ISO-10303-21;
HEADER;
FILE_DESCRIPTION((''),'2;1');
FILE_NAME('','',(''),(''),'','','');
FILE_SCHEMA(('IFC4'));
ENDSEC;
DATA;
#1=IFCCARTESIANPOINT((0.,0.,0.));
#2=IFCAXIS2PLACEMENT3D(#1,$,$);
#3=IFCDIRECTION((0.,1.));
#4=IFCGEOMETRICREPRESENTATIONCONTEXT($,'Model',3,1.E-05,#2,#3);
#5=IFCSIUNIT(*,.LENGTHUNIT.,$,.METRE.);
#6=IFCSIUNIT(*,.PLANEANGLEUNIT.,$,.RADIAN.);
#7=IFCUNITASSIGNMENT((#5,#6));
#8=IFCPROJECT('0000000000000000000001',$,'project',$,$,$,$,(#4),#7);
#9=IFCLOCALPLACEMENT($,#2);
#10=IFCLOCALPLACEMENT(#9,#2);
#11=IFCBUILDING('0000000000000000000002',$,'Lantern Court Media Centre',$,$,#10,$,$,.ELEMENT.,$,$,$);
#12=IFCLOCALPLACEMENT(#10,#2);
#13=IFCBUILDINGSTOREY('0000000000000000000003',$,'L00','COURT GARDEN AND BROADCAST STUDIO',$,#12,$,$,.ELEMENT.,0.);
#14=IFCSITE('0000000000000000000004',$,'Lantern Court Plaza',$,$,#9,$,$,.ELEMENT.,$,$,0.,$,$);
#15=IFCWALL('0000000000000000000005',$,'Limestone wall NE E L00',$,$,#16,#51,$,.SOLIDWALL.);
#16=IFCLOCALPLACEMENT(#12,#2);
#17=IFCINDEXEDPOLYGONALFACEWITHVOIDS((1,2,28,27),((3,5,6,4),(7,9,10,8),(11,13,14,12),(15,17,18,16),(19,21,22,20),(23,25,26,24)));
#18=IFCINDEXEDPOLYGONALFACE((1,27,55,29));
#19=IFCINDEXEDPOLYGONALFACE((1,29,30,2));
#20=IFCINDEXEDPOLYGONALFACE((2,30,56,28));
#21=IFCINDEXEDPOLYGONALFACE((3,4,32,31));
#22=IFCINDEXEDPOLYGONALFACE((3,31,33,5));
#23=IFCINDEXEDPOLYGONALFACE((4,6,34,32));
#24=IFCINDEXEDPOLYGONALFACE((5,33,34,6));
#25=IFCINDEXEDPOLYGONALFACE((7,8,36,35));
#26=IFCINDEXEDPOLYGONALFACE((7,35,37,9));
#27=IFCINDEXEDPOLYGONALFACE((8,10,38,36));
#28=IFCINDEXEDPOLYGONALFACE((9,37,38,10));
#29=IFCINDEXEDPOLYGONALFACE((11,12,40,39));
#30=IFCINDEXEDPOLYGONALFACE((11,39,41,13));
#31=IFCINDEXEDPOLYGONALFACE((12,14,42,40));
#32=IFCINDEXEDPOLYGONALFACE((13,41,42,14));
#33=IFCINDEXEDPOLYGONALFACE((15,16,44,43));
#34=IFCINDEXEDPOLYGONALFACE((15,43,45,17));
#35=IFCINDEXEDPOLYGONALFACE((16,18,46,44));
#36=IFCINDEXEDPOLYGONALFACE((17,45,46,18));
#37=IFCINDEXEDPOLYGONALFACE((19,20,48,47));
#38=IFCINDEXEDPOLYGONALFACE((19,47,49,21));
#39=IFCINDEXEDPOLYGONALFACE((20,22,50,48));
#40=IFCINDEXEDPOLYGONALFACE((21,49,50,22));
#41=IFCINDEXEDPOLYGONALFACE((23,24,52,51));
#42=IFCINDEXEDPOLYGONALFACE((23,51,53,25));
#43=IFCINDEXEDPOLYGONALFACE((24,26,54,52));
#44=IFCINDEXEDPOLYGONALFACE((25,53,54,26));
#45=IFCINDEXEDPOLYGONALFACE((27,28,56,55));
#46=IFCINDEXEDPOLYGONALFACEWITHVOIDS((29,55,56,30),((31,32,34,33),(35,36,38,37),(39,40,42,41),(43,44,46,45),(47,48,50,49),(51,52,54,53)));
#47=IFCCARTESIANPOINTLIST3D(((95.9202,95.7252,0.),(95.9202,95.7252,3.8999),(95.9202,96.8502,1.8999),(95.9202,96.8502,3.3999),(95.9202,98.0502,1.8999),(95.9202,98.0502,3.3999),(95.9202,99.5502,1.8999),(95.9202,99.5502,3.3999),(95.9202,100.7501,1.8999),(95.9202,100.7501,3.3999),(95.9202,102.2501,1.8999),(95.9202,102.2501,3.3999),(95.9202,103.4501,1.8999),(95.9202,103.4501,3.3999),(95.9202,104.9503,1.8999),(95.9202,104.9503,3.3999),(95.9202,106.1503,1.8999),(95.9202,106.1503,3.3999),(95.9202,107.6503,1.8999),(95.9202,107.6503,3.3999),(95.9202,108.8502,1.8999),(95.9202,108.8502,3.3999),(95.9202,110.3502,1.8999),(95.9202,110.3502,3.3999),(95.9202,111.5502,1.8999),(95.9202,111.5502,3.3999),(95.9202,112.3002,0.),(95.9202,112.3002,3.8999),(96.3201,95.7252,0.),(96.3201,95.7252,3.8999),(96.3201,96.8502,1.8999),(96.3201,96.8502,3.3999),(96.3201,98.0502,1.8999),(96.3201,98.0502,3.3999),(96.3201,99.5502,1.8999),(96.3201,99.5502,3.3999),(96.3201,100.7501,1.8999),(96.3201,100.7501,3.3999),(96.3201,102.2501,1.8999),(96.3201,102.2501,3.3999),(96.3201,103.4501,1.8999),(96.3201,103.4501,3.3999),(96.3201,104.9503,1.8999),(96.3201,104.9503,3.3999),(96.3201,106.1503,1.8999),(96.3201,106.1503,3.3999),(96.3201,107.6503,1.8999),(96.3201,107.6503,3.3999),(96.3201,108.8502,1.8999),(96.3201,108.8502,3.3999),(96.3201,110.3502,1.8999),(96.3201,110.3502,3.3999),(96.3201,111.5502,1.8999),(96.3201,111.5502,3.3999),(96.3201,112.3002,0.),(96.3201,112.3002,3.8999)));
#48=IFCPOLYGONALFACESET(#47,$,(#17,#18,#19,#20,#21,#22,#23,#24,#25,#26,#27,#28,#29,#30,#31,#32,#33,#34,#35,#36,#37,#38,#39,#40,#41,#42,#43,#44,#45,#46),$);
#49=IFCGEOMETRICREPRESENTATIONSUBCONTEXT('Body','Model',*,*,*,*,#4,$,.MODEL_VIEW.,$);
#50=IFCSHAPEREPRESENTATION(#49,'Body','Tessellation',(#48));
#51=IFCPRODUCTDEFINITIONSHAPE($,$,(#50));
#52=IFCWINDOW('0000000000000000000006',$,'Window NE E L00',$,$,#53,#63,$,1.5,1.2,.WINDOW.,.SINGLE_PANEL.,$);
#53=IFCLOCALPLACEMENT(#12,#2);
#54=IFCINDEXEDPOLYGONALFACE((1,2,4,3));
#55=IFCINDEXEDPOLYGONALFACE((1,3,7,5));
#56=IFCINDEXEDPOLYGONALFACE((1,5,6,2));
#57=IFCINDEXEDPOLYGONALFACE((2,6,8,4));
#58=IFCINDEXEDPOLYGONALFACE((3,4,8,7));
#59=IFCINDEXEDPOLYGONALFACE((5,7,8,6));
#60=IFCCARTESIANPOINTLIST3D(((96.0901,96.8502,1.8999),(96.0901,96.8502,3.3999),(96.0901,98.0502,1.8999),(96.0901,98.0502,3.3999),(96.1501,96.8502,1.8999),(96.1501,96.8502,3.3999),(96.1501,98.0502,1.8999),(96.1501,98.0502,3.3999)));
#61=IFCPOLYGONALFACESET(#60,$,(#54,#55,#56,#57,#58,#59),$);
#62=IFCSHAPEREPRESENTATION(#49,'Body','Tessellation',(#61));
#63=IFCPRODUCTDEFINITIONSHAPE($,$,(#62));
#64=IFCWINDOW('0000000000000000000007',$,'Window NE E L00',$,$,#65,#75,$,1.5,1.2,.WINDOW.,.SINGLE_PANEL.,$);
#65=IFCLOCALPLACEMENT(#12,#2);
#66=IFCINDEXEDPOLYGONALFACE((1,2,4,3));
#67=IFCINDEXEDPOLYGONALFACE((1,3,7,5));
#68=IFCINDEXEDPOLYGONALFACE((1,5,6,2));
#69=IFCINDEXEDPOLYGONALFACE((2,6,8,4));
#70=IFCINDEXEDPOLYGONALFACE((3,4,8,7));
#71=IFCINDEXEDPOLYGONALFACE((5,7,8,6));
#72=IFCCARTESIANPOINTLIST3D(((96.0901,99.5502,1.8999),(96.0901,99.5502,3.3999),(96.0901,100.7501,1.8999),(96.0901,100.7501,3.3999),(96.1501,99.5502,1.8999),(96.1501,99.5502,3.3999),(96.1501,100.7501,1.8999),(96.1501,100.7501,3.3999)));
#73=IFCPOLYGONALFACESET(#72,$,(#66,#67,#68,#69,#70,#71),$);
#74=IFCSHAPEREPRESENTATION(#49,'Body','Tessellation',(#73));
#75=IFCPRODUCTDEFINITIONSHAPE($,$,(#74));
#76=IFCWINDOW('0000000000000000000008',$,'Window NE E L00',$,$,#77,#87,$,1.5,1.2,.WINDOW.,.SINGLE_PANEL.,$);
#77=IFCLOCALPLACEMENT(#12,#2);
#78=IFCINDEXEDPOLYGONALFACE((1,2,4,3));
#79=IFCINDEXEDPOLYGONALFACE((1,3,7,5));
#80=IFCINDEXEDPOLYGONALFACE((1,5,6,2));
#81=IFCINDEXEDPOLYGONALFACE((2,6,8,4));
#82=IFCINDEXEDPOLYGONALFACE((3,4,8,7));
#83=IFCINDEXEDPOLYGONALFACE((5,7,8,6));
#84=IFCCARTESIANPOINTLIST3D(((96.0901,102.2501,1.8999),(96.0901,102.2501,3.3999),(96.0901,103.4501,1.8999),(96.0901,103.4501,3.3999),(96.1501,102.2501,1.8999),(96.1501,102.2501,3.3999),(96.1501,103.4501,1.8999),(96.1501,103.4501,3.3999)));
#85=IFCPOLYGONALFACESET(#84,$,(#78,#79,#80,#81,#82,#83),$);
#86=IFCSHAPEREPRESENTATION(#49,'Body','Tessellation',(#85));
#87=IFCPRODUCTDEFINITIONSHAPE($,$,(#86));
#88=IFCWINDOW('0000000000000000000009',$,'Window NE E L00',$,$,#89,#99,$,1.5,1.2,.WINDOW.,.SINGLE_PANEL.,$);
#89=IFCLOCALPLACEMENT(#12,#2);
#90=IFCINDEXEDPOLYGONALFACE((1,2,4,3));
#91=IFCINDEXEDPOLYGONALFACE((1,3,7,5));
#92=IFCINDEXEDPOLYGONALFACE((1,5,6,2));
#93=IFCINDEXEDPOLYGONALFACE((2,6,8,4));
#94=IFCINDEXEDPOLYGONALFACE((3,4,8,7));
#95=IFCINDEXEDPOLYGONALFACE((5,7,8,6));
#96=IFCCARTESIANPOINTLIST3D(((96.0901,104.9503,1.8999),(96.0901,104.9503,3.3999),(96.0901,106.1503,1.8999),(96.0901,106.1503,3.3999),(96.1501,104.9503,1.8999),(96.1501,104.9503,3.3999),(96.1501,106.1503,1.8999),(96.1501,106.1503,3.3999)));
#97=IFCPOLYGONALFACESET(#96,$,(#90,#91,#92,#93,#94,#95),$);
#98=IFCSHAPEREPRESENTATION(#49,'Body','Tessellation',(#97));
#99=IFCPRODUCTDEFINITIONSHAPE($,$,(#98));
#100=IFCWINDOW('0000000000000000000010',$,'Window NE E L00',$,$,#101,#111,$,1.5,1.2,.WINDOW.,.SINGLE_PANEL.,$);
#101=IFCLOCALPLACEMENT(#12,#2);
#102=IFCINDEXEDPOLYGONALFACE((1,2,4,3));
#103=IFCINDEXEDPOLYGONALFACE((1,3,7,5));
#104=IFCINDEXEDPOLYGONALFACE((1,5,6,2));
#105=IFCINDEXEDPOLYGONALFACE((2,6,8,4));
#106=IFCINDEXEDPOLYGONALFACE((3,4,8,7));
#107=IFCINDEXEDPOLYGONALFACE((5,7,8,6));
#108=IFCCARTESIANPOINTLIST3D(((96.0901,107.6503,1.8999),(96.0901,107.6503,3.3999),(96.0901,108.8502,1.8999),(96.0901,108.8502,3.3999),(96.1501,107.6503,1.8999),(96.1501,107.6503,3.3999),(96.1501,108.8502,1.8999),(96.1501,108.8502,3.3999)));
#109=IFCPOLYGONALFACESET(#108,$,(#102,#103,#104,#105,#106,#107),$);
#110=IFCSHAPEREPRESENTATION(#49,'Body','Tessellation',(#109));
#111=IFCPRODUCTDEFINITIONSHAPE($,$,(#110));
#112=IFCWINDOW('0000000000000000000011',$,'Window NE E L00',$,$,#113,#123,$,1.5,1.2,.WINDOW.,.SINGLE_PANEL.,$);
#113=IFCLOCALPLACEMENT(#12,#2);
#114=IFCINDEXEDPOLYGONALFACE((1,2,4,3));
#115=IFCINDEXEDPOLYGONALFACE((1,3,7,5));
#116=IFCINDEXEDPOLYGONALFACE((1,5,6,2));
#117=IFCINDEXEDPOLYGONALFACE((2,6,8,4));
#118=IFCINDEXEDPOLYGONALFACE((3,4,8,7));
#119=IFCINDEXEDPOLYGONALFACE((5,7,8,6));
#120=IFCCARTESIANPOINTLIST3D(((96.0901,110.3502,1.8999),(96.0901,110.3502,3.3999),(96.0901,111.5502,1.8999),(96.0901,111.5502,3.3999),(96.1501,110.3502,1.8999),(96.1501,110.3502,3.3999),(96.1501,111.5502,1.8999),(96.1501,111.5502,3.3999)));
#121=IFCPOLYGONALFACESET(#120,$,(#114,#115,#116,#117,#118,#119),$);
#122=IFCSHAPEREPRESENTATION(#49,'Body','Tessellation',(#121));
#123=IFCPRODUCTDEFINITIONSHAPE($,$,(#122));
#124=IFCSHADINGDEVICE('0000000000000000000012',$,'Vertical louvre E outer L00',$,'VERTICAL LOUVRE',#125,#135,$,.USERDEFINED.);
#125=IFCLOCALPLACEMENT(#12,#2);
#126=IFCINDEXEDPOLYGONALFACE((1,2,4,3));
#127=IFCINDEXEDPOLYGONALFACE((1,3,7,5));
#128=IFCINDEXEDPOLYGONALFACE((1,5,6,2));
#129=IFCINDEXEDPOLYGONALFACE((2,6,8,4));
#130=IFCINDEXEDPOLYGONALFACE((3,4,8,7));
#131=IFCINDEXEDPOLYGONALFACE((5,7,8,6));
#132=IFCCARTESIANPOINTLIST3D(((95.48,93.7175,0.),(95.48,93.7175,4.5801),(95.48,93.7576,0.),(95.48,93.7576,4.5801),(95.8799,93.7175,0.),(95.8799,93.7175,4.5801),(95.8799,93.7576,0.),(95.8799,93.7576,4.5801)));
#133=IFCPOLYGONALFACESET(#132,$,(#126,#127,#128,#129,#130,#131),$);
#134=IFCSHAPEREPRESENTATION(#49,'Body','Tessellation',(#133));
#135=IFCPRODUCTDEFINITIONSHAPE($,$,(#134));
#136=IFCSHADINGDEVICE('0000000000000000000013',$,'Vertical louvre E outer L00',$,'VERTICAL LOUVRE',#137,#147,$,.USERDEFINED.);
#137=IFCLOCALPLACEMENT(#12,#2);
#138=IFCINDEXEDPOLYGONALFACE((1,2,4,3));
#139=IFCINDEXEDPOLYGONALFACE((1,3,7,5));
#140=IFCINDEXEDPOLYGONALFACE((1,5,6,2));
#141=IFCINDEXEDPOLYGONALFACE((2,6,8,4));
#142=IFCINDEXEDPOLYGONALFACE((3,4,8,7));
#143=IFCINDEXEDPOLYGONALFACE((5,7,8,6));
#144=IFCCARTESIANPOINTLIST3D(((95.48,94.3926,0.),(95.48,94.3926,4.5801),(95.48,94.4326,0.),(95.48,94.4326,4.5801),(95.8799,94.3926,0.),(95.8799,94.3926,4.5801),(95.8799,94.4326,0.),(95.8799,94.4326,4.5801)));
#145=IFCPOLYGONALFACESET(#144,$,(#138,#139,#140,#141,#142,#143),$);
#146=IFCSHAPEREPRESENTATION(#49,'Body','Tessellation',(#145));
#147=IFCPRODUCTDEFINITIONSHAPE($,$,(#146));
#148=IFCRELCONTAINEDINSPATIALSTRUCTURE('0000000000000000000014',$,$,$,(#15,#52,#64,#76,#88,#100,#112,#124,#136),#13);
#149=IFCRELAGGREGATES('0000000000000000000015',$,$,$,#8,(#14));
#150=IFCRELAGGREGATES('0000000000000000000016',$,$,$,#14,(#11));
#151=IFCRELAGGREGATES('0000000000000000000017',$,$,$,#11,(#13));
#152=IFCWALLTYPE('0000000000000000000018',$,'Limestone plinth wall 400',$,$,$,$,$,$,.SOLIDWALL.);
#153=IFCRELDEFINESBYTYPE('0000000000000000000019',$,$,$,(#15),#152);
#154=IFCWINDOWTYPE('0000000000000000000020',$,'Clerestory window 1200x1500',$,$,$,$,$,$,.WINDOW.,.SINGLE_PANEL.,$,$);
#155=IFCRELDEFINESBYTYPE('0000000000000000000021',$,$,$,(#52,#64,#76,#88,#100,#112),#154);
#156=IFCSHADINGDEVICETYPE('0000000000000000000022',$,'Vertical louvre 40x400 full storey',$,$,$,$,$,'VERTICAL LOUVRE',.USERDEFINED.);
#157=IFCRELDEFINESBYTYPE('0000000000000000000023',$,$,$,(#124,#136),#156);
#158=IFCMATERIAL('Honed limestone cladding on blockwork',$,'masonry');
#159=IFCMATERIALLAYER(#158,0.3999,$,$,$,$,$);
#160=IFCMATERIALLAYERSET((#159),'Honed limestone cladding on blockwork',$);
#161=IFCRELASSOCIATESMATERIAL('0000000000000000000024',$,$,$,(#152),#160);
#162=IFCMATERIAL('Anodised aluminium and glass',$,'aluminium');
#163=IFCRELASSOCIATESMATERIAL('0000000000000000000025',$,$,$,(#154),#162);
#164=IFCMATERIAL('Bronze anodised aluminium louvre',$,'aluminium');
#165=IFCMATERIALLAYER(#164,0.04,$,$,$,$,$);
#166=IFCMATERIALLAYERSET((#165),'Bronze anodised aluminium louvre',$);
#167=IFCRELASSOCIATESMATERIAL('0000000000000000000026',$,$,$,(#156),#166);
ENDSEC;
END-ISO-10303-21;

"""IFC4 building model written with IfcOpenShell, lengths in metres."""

from ifc_helpers import new_model, si_unit, direction, frame, frame_2d, origin, origin_2d, place, context, subcontext, project, spatial, rectangle, extrude, material, layer, layer_set, type_object, element, fill, save


model = new_model("IFC4")

# Units and contexts
model_context = context("Model", 3, precision=1e-05, world=origin(), true_north=direction((0.0, 1.0)))
body_context = subcontext(model_context, "Body", "Model", "MODEL_VIEW")
ifc_project = project(units=[si_unit("LENGTHUNIT", "METRE"), si_unit("PLANEANGLEUNIT", "RADIAN")], contexts=[model_context])

# Site, building, storey
site_placement = place(None, origin())
site = spatial("IfcSite", under=ifc_project, at=site_placement, Name="Lantern Court Plaza", CompositionType="ELEMENT", RefElevation=0.0)
building_placement = place(site_placement, origin())
building = spatial("IfcBuilding", under=site, at=building_placement, Name="Lantern Court Media Centre", CompositionType="ELEMENT")
storey_placement = place(building_placement, origin())
storey = spatial("IfcBuildingStorey", under=building, at=storey_placement, Name="L00", Description="COURT GARDEN AND BROADCAST STUDIO", CompositionType="ELEMENT", Elevation=0.0)

# Wall, openings, windows
ifc_material_1 = material(Name="Honed limestone cladding on blockwork", Category="masonry")
ifc_layer_1 = layer(ifc_material_1, 0.3999)
ifc_layer_set_1 = layer_set([ifc_layer_1], Name="Honed limestone cladding on blockwork")
wall_type_1 = type_object("IfcWallType", Name="Limestone plinth wall 400", PredefinedType="SOLIDWALL", material=ifc_layer_set_1)
wall_1_placement = place(storey_placement, frame((96.1201, 95.7251, 0.0), z_axis=(0.0, 0.0, 1.0), x_axis=(0.0, 1.0, 0.0)))
wall_1 = element("IfcWall", 1, at=wall_1_placement, inside=storey, type_object=wall_type_1, Name="Limestone wall NE E L00", PredefinedType="SOLIDWALL", context=body_context, shape_type="SweptSolid", body=[
    extrude(rectangle(XDim=16.575, YDim=0.3999, at=frame_2d((8.2876, 0.0))), origin(), (0.0, 0.0, 1.0), 3.8999),
])
opening_1_placement = place(wall_1_placement, frame((1.125, 0.0, 1.8999)))
opening_1 = element("IfcOpeningElement", 2, at=opening_1_placement, cuts=wall_1, PredefinedType="OPENING", context=body_context, shape_type="SweptSolid", body=[
    extrude(rectangle(XDim=1.2, YDim=1.5, at=frame_2d((0.6001, 0.75))), frame((0.0, 0.21, 0.0), z_axis=(0.0, -1.0, 0.0), x_axis=(1.0, 0.0, 0.0)), (0.0, 0.0, 1.0), 0.4199),
])
opening_2_placement = place(wall_1_placement, frame((3.825, 0.0, 1.8999)))
opening_2 = element("IfcOpeningElement", 3, at=opening_2_placement, cuts=wall_1, PredefinedType="OPENING", context=body_context, shape_type="SweptSolid", body=[
    extrude(rectangle(XDim=1.2, YDim=1.5, at=frame_2d((0.6001, 0.75))), frame((0.0, 0.21, 0.0), z_axis=(0.0, -1.0, 0.0), x_axis=(1.0, 0.0, 0.0)), (0.0, 0.0, 1.0), 0.4199),
])
opening_3_placement = place(wall_1_placement, frame((6.5249, 0.0, 1.8999)))
opening_3 = element("IfcOpeningElement", 4, at=opening_3_placement, cuts=wall_1, PredefinedType="OPENING", context=body_context, shape_type="SweptSolid", body=[
    extrude(rectangle(XDim=1.2, YDim=1.5, at=frame_2d((0.6001, 0.75))), frame((0.0, 0.21, 0.0), z_axis=(0.0, -1.0, 0.0), x_axis=(1.0, 0.0, 0.0)), (0.0, 0.0, 1.0), 0.4199),
])
opening_4_placement = place(wall_1_placement, frame((9.2251, 0.0, 1.8999)))
opening_4 = element("IfcOpeningElement", 5, at=opening_4_placement, cuts=wall_1, PredefinedType="OPENING", context=body_context, shape_type="SweptSolid", body=[
    extrude(rectangle(XDim=1.2, YDim=1.5, at=frame_2d((0.6001, 0.75))), frame((0.0, 0.21, 0.0), z_axis=(0.0, -1.0, 0.0), x_axis=(1.0, 0.0, 0.0)), (0.0, 0.0, 1.0), 0.4199),
])
opening_5_placement = place(wall_1_placement, frame((11.925, 0.0, 1.8999)))
opening_5 = element("IfcOpeningElement", 6, at=opening_5_placement, cuts=wall_1, PredefinedType="OPENING", context=body_context, shape_type="SweptSolid", body=[
    extrude(rectangle(XDim=1.2, YDim=1.5, at=frame_2d((0.6001, 0.75))), frame((0.0, 0.21, 0.0), z_axis=(0.0, -1.0, 0.0), x_axis=(1.0, 0.0, 0.0)), (0.0, 0.0, 1.0), 0.4199),
])
opening_6_placement = place(wall_1_placement, frame((14.625, 0.0, 1.8999)))
opening_6 = element("IfcOpeningElement", 7, at=opening_6_placement, cuts=wall_1, PredefinedType="OPENING", context=body_context, shape_type="SweptSolid", body=[
    extrude(rectangle(XDim=1.2, YDim=1.5, at=frame_2d((0.6001, 0.75))), frame((0.0, 0.21, 0.0), z_axis=(0.0, -1.0, 0.0), x_axis=(1.0, 0.0, 0.0)), (0.0, 0.0, 1.0), 0.4199),
])
ifc_material_2 = material(Name="Anodised aluminium and glass", Category="aluminium")
window_type = type_object("IfcWindowType", Name="Clerestory window 1200x1500", PartitioningType="SINGLE_PANEL", PredefinedType="WINDOW", material=ifc_material_2)
window_1_placement = place(opening_1_placement, origin())
window_1 = element("IfcWindow", 8, at=window_1_placement, inside=storey, type_object=window_type, Name="Window NE E L00", OverallHeight=1.5, OverallWidth=1.2, PartitioningType="SINGLE_PANEL", PredefinedType="WINDOW", context=body_context, shape_type="SweptSolid", body=[
    extrude(rectangle(XDim=1.2, YDim=1.5, at=frame_2d((0.6001, 0.75))), frame((0.0, 0.03, 0.0), z_axis=(0.0, -1.0, 0.0), x_axis=(1.0, 0.0, 0.0)), (0.0, 0.0, 1.0), 0.0601),
])
fill(opening_1, window_1)
window_2_placement = place(opening_2_placement, origin())
window_2 = element("IfcWindow", 9, at=window_2_placement, inside=storey, type_object=window_type, Name="Window NE E L00", OverallHeight=1.5, OverallWidth=1.2, PartitioningType="SINGLE_PANEL", PredefinedType="WINDOW", context=body_context, shape_type="SweptSolid", body=[
    extrude(rectangle(XDim=1.2, YDim=1.5, at=frame_2d((0.6001, 0.75))), frame((0.0, 0.03, 0.0), z_axis=(0.0, -1.0, 0.0), x_axis=(1.0, 0.0, 0.0)), (0.0, 0.0, 1.0), 0.0601),
])
fill(opening_2, window_2)
window_3_placement = place(opening_3_placement, origin())
window_3 = element("IfcWindow", 10, at=window_3_placement, inside=storey, type_object=window_type, Name="Window NE E L00", OverallHeight=1.5, OverallWidth=1.2, PartitioningType="SINGLE_PANEL", PredefinedType="WINDOW", context=body_context, shape_type="SweptSolid", body=[
    extrude(rectangle(XDim=1.2, YDim=1.5, at=frame_2d((0.6001, 0.75))), frame((0.0, 0.03, 0.0), z_axis=(0.0, -1.0, 0.0), x_axis=(1.0, 0.0, 0.0)), (0.0, 0.0, 1.0), 0.0601),
])
fill(opening_3, window_3)
window_4_placement = place(opening_4_placement, origin())
window_4 = element("IfcWindow", 11, at=window_4_placement, inside=storey, type_object=window_type, Name="Window NE E L00", OverallHeight=1.5, OverallWidth=1.2, PartitioningType="SINGLE_PANEL", PredefinedType="WINDOW", context=body_context, shape_type="SweptSolid", body=[
    extrude(rectangle(XDim=1.2, YDim=1.5, at=frame_2d((0.6001, 0.75))), frame((0.0, 0.03, 0.0), z_axis=(0.0, -1.0, 0.0), x_axis=(1.0, 0.0, 0.0)), (0.0, 0.0, 1.0), 0.0601),
])
fill(opening_4, window_4)
window_5_placement = place(opening_5_placement, origin())
window_5 = element("IfcWindow", 12, at=window_5_placement, inside=storey, type_object=window_type, Name="Window NE E L00", OverallHeight=1.5, OverallWidth=1.2, PartitioningType="SINGLE_PANEL", PredefinedType="WINDOW", context=body_context, shape_type="SweptSolid", body=[
    extrude(rectangle(XDim=1.2, YDim=1.5, at=frame_2d((0.6001, 0.75))), frame((0.0, 0.03, 0.0), z_axis=(0.0, -1.0, 0.0), x_axis=(1.0, 0.0, 0.0)), (0.0, 0.0, 1.0), 0.0601),
])
fill(opening_5, window_5)
window_6_placement = place(opening_6_placement, origin())
window_6 = element("IfcWindow", 13, at=window_6_placement, inside=storey, type_object=window_type, Name="Window NE E L00", OverallHeight=1.5, OverallWidth=1.2, PartitioningType="SINGLE_PANEL", PredefinedType="WINDOW", context=body_context, shape_type="SweptSolid", body=[
    extrude(rectangle(XDim=1.2, YDim=1.5, at=frame_2d((0.6001, 0.75))), frame((0.0, 0.03, 0.0), z_axis=(0.0, -1.0, 0.0), x_axis=(1.0, 0.0, 0.0)), (0.0, 0.0, 1.0), 0.0601),
])
fill(opening_6, window_6)

# Shading devices
ifc_material_3 = material(Name="Bronze anodised aluminium louvre", Category="aluminium")
ifc_layer_2 = layer(ifc_material_3, 0.04)
ifc_layer_set_2 = layer_set([ifc_layer_2], Name="Bronze anodised aluminium louvre")
shading_device_type = type_object("IfcShadingDeviceType", Name="Vertical louvre 40x400 full storey", ElementType="VERTICAL LOUVRE", PredefinedType="USERDEFINED", material=ifc_layer_set_2)
for number, where, z_axis, x_axis, name in (
    (14, (95.6799, 93.7375, 0.0), (0.0, 0.0, 1.0), (1.0, 0.0, 0.0), "Vertical louvre E outer L00"),
    (15, (95.6799, 94.4126, 0.0), (0.0, 0.0, 1.0), (1.0, 0.0, 0.0), "Vertical louvre E outer L00"),
):
    element("IfcShadingDevice", number, at=place(storey_placement, frame(where, z_axis=z_axis, x_axis=x_axis)), inside=storey, type_object=shading_device_type, Name=name, ObjectType="VERTICAL LOUVRE", PredefinedType="USERDEFINED", context=body_context, shape_type="SweptSolid", body=[
        extrude(rectangle(XDim=0.3999, YDim=0.04, at=origin_2d()), origin(), (0.0, 0.0, 1.0), 4.5801),
    ])

save(model, "model.ifc")
